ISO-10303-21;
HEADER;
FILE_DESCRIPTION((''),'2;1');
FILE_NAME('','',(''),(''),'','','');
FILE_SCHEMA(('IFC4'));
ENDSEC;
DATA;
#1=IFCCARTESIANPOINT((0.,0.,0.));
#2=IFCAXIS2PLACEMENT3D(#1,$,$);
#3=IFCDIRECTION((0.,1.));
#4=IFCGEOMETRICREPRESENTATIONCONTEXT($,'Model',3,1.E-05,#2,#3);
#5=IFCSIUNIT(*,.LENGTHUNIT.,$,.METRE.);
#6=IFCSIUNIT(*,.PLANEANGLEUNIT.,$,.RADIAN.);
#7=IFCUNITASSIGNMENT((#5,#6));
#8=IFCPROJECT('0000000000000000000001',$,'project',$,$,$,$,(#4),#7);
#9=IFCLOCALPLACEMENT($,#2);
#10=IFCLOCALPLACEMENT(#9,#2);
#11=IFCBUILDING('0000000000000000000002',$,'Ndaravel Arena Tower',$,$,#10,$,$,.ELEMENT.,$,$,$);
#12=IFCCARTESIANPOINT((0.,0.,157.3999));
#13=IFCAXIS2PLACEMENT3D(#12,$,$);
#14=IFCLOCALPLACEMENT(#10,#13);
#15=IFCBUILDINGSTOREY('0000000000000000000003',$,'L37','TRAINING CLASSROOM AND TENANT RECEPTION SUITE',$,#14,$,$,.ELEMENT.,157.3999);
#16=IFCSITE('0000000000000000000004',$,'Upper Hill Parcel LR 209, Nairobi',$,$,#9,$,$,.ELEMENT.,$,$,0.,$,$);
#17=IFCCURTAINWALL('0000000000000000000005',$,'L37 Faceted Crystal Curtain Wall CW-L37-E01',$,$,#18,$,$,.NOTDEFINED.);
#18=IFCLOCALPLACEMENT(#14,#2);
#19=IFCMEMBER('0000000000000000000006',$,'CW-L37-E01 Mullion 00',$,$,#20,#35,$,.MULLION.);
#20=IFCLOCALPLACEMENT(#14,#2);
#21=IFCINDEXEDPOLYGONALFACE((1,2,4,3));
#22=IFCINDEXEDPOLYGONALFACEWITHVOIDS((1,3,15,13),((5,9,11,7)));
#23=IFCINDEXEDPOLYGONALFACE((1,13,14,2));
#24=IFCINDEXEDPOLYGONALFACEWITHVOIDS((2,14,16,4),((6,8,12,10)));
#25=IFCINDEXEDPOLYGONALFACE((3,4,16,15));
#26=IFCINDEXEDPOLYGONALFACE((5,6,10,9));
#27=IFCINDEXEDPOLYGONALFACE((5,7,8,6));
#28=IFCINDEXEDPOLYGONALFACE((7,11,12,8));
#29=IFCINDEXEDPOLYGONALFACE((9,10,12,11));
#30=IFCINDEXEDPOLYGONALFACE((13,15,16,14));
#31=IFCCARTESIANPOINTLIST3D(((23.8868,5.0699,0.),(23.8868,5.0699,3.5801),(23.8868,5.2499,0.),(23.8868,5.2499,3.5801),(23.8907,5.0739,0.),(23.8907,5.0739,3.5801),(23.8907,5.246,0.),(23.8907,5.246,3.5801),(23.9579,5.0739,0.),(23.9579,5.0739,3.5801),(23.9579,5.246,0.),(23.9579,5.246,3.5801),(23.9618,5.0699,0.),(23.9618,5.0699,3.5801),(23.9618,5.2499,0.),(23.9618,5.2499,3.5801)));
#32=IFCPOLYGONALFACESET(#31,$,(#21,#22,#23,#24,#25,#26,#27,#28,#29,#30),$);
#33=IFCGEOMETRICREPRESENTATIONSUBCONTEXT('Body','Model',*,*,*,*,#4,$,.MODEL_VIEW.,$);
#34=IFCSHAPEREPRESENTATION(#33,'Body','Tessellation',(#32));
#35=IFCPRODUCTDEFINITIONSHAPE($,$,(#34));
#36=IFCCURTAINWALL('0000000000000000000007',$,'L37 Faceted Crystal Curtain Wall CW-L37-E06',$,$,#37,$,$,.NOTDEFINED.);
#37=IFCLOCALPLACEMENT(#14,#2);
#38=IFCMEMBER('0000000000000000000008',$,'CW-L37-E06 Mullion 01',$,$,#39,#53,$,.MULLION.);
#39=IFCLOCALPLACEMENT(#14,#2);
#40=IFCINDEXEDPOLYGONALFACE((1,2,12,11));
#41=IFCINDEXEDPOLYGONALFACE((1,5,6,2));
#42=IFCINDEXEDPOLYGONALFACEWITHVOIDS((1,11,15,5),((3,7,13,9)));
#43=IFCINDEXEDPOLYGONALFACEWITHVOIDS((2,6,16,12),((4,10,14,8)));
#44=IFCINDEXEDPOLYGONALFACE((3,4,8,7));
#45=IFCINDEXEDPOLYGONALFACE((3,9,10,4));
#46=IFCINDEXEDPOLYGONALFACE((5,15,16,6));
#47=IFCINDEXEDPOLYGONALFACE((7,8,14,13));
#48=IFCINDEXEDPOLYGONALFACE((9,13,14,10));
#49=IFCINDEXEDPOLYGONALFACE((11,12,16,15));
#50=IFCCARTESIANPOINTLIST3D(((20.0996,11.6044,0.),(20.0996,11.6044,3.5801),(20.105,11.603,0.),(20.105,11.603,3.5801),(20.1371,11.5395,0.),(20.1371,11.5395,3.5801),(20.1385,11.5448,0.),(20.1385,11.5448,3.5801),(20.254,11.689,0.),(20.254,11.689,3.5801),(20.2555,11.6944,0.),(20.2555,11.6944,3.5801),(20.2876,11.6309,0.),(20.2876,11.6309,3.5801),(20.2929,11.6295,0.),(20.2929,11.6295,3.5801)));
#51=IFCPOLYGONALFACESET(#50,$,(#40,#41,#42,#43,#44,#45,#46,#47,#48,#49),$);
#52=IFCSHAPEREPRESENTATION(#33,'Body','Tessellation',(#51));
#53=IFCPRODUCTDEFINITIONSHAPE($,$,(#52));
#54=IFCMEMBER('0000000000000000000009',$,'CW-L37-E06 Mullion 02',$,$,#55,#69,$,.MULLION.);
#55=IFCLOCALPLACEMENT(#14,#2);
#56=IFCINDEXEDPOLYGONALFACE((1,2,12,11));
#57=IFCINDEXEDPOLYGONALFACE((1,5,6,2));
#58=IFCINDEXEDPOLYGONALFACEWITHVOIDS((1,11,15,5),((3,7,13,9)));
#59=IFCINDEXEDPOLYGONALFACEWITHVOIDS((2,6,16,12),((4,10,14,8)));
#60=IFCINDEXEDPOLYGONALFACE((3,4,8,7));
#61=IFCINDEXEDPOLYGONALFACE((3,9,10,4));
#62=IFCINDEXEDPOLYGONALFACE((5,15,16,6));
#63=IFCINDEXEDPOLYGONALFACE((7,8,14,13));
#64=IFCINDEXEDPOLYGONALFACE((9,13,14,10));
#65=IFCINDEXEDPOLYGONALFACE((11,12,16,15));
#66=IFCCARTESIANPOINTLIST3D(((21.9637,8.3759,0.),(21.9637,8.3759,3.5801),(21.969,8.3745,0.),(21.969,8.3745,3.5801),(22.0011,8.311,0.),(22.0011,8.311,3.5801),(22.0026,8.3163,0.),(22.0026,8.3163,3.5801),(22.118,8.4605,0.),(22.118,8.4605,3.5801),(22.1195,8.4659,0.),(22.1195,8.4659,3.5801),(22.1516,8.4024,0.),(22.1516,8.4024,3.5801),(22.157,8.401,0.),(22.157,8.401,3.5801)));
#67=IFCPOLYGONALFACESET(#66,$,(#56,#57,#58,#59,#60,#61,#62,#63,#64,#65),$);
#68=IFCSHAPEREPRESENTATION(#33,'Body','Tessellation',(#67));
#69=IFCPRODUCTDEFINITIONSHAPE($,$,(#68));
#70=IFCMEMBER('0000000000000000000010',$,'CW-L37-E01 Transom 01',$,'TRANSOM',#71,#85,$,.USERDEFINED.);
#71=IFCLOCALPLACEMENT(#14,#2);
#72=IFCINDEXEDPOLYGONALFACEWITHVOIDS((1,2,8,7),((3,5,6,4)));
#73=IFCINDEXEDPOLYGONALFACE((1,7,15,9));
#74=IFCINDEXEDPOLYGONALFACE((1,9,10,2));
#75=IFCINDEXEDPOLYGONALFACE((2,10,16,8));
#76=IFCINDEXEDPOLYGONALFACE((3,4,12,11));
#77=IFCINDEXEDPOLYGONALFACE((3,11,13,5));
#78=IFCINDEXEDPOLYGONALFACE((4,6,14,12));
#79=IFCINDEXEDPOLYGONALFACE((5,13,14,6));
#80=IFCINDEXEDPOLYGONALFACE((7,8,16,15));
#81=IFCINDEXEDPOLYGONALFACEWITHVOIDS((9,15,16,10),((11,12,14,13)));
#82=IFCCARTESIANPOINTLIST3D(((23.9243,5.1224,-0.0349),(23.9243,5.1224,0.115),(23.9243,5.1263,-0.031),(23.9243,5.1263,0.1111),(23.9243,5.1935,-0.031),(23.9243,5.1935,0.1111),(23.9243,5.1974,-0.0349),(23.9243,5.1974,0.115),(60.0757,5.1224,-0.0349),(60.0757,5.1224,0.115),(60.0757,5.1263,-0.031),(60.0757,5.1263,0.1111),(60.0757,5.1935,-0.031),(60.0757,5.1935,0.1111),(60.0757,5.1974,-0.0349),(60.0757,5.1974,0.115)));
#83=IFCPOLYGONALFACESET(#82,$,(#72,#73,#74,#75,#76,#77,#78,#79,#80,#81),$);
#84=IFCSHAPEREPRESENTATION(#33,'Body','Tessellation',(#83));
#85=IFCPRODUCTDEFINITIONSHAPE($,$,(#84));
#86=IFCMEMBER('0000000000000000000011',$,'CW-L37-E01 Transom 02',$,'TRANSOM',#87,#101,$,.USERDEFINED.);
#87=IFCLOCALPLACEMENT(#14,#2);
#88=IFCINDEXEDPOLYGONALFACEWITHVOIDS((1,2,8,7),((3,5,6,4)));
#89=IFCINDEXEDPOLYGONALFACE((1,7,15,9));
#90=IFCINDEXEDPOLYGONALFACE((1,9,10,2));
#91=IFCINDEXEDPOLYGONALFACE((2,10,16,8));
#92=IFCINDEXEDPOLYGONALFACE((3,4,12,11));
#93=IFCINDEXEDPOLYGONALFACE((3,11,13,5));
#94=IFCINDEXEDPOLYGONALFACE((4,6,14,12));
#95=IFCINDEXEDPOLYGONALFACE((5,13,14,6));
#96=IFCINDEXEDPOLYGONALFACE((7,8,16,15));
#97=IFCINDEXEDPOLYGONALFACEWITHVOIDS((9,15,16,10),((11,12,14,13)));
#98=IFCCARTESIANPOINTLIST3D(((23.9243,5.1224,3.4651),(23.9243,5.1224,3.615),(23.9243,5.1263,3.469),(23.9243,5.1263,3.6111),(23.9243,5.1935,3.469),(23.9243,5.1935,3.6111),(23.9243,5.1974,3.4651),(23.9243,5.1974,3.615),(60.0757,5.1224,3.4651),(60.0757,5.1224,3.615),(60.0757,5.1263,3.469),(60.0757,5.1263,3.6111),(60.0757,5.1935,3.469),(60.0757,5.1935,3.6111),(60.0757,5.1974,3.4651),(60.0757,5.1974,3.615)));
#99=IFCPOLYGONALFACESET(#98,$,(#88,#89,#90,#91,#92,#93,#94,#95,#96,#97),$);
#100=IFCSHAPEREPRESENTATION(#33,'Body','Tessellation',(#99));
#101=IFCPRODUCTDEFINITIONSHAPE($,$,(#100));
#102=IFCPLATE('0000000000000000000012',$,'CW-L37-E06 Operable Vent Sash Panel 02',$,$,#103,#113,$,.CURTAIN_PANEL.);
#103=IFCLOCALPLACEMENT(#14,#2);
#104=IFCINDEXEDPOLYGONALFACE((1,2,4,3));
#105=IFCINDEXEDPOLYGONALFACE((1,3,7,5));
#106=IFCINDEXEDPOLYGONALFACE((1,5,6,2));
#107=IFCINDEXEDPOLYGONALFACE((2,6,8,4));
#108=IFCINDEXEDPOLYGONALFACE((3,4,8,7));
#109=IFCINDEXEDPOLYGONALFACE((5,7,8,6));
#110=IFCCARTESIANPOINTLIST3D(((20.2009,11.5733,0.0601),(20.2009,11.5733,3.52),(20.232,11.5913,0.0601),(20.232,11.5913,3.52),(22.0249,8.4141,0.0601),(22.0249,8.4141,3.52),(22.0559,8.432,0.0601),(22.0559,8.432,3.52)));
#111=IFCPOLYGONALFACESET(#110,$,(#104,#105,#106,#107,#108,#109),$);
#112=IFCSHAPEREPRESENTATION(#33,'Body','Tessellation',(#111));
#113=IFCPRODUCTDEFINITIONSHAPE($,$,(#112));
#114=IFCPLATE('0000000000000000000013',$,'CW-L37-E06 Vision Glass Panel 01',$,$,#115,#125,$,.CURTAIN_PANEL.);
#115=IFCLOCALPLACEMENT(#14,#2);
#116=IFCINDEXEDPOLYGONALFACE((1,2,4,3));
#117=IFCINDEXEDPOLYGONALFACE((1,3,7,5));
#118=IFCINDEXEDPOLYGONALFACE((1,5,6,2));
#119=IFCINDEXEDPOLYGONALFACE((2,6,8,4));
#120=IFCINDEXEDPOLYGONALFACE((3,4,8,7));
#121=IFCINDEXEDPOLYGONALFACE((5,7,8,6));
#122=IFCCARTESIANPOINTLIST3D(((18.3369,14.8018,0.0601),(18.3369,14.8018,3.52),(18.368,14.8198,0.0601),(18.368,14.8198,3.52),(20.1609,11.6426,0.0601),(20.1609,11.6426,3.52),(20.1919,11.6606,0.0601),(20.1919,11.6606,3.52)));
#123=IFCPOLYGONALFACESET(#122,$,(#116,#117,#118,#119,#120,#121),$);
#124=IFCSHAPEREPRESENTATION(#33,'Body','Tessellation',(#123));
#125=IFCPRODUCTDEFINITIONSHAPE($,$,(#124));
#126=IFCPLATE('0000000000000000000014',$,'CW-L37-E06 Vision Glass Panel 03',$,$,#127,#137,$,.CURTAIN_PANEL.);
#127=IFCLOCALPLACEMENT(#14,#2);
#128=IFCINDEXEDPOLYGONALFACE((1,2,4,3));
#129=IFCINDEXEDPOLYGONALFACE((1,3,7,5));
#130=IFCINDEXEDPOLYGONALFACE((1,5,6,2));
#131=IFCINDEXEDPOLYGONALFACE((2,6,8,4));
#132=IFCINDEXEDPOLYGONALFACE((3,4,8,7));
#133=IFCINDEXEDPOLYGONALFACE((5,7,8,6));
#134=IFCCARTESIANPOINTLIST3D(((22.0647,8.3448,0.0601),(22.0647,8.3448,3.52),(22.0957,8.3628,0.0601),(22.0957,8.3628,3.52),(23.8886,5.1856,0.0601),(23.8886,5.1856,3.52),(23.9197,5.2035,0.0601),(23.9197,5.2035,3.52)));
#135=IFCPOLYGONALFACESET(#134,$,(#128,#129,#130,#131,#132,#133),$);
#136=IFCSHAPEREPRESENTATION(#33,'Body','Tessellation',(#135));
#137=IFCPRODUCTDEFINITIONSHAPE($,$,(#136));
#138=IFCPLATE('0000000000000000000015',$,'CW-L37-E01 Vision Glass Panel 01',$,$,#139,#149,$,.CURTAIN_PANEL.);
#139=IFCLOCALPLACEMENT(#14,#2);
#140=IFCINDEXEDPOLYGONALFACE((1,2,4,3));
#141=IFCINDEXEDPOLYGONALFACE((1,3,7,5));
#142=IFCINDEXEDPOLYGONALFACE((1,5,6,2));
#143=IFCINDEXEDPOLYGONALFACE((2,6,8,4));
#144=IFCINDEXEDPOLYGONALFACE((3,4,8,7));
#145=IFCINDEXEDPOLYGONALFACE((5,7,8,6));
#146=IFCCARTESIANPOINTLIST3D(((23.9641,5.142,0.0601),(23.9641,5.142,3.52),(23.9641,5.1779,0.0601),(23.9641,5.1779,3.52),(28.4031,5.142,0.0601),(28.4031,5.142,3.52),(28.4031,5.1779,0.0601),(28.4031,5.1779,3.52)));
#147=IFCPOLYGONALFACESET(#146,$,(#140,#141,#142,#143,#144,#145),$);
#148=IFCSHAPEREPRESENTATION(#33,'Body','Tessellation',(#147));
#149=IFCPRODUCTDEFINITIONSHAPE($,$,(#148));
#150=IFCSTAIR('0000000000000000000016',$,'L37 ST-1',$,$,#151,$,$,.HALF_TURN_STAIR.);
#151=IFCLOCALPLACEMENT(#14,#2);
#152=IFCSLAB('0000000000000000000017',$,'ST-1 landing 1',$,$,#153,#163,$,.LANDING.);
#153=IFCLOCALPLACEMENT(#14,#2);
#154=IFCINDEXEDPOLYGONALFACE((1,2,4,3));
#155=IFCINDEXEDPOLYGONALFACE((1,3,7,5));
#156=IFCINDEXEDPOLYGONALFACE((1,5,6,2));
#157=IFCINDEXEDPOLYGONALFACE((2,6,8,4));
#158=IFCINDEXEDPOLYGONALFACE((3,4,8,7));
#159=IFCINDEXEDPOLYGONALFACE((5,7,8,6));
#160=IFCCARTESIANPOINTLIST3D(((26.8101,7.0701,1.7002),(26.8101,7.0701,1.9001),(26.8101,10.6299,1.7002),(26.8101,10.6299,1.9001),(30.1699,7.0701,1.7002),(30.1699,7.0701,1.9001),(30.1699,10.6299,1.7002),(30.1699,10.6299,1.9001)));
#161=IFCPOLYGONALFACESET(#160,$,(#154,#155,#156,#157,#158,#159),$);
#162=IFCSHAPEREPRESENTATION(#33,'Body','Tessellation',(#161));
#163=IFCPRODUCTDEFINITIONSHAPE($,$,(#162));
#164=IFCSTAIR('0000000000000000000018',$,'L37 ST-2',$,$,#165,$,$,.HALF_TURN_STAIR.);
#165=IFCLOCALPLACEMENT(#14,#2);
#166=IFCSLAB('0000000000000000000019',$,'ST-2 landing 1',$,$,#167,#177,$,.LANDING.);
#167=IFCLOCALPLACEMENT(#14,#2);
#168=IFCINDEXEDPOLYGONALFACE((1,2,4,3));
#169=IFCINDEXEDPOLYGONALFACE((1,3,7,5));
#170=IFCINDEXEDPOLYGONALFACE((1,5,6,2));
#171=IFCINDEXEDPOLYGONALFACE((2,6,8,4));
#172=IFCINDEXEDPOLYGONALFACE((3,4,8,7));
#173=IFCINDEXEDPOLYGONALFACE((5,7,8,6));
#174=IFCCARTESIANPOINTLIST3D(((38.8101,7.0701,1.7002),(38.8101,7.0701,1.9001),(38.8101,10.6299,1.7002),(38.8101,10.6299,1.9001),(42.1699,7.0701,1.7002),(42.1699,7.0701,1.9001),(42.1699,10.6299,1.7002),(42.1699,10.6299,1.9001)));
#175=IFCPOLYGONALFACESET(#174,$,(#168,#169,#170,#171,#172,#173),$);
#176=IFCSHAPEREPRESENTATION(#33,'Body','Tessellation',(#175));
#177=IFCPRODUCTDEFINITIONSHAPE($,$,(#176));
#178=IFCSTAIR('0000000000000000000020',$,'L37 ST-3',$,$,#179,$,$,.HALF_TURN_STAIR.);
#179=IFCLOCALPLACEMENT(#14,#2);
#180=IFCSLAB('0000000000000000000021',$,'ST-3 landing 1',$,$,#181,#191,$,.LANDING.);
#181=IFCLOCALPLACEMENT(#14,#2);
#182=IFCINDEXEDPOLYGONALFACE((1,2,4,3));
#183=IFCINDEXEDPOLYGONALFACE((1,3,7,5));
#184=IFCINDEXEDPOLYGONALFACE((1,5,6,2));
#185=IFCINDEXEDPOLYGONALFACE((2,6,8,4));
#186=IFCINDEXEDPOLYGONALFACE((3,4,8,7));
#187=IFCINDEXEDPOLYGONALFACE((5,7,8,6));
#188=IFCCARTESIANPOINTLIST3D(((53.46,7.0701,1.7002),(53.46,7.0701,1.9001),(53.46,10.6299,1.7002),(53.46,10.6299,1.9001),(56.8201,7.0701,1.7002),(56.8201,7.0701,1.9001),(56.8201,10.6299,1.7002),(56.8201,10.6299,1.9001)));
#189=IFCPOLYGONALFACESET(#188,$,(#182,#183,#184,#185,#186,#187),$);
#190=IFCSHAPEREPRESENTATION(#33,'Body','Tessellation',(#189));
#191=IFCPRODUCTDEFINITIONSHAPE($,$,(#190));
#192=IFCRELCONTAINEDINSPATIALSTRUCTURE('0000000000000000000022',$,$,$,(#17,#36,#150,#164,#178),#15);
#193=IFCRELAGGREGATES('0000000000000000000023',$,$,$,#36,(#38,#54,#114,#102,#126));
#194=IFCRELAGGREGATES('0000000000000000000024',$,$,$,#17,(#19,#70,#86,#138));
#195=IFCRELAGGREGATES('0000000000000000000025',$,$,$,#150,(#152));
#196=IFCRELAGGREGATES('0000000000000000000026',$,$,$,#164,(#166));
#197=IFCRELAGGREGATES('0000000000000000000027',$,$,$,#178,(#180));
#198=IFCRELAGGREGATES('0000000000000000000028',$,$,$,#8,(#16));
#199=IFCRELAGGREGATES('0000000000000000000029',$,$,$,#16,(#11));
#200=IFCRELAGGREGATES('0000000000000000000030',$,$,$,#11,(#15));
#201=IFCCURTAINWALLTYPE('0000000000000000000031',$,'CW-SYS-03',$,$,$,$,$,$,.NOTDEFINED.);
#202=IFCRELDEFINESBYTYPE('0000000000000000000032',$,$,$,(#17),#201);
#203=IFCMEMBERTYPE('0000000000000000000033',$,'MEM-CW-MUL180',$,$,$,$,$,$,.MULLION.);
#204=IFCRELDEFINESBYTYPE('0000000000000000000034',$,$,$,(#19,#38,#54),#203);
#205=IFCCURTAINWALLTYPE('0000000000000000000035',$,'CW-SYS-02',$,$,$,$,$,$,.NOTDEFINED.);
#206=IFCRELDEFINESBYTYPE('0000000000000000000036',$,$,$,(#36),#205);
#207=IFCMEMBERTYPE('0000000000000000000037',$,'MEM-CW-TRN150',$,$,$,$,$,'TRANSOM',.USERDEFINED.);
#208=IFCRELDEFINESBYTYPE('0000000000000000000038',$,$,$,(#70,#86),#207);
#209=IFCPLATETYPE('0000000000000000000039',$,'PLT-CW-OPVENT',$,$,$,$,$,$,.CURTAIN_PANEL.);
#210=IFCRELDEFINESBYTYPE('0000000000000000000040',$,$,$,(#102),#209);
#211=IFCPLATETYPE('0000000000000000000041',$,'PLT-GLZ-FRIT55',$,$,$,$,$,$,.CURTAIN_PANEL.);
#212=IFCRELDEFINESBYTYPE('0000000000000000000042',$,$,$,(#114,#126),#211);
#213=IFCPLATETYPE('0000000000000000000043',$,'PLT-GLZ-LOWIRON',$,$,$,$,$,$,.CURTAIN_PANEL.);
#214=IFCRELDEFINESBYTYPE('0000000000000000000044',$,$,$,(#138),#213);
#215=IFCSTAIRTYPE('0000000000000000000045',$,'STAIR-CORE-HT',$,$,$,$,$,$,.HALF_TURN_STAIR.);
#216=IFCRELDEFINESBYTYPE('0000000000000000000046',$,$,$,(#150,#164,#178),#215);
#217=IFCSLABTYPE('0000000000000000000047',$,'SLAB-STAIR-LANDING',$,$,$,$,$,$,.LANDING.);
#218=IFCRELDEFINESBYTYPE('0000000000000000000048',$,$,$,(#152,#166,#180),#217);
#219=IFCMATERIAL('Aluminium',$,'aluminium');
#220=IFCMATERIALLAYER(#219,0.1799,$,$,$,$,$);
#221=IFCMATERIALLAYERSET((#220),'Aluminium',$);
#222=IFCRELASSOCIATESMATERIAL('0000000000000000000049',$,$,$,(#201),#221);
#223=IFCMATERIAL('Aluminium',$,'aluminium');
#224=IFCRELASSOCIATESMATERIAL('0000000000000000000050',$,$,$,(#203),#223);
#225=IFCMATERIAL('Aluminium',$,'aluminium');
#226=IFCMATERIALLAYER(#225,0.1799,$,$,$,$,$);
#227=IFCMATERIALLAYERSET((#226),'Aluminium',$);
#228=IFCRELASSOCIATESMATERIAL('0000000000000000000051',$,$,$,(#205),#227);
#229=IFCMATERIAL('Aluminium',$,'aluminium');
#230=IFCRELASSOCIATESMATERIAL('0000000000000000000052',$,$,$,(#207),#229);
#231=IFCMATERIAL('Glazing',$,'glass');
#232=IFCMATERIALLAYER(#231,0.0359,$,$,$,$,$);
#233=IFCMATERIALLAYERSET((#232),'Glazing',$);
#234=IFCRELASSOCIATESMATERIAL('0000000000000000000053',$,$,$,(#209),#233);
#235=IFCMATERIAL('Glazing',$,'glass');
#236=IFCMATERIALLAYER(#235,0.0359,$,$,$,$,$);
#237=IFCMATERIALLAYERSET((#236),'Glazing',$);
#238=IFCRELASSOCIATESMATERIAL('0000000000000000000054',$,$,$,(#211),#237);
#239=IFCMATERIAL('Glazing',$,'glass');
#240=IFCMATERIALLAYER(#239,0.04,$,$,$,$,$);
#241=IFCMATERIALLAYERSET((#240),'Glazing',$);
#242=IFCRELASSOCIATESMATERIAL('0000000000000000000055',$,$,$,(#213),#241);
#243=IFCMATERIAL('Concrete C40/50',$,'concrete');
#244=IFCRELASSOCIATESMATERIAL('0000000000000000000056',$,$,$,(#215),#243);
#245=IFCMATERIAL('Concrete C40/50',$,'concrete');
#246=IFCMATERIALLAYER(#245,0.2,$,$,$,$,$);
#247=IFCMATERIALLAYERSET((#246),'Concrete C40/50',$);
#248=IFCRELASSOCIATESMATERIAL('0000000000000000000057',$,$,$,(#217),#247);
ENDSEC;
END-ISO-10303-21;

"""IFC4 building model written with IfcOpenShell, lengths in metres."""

from ifc_helpers import new_model, si_unit, direction, frame, origin, origin_2d, place, context, subcontext, project, spatial, polyline, rectangle, hollow_rectangle, outline, extrude, material, layer, layer_set, material_profile, profile_set, type_object, element, aggregate, save


model = new_model("IFC4")

# Units and contexts
model_context = context("Model", 3, precision=1e-05, world=origin(), true_north=direction((0.0, 1.0)))
body_context = subcontext(model_context, "Body", "Model", "MODEL_VIEW")
ifc_project = project(units=[si_unit("LENGTHUNIT", "METRE"), si_unit("PLANEANGLEUNIT", "RADIAN")], contexts=[model_context])

# Site, building, storey
site_placement = place(None, origin())
site = spatial("IfcSite", under=ifc_project, at=site_placement, Name="Upper Hill Parcel LR 209, Nairobi", CompositionType="ELEMENT", RefElevation=0.0)
building_placement = place(site_placement, origin())
building = spatial("IfcBuilding", under=site, at=building_placement, Name="Ndaravel Arena Tower", CompositionType="ELEMENT")
storey_placement = place(building_placement, frame((0.0, 0.0, 157.3999)))
storey = spatial("IfcBuildingStorey", under=building, at=storey_placement, Name="L37", Description="TRAINING CLASSROOM AND TENANT RECEPTION SUITE", CompositionType="ELEMENT", Elevation=157.3999)

# Curtain wall, member
ifc_material_1 = material(Name="Aluminium", Category="aluminium")
ifc_layer_1 = layer(ifc_material_1, 0.1799)
ifc_layer_set_1 = layer_set([ifc_layer_1], Name="Aluminium")
curtain_wall_type_1 = type_object("IfcCurtainWallType", Name="CW-SYS-03", PredefinedType="NOTDEFINED", material=ifc_layer_set_1)
curtain_wall_1_placement = place(storey_placement, origin())
curtain_wall_1 = element("IfcCurtainWall", 1, at=curtain_wall_1_placement, inside=storey, type_object=curtain_wall_type_1, Name="L37 Faceted Crystal Curtain Wall CW-L37-E01", PredefinedType="NOTDEFINED")
ifc_material_2 = material(Name="Aluminium", Category="aluminium")
ifc_material_profile_1 = material_profile(ifc_material_2, hollow_rectangle(XDim=0.075, YDim=0.1799, WallThickness=0.0039, at=origin_2d()), Name="CW MULLION 75x180x4")
ifc_profile_set_1 = profile_set([ifc_material_profile_1], Name="Aluminium")
member_type_1 = type_object("IfcMemberType", Name="MEM-CW-MUL180", PredefinedType="MULLION", material=ifc_profile_set_1)
member_1_placement = place(storey_placement, frame((23.9243, 5.1599, 0.0), z_axis=(0.0, 0.0, 1.0), x_axis=(1.0, 0.0, 0.0)))
member_1 = element("IfcMember", 2, at=member_1_placement, type_object=member_type_1, Name="CW-L37-E01 Mullion 00", PredefinedType="MULLION", context=body_context, shape_type="SweptSolid", body=[
    extrude(hollow_rectangle(XDim=0.075, YDim=0.1799, WallThickness=0.0039, at=origin_2d()), origin(), (0.0, 0.0, 1.0), 3.5801),
])

# Curtain wall, members
ifc_material_3 = material(Name="Aluminium", Category="aluminium")
ifc_layer_2 = layer(ifc_material_3, 0.1799)
ifc_layer_set_2 = layer_set([ifc_layer_2], Name="Aluminium")
curtain_wall_type_2 = type_object("IfcCurtainWallType", Name="CW-SYS-02", PredefinedType="NOTDEFINED", material=ifc_layer_set_2)
curtain_wall_2_placement = place(storey_placement, origin())
curtain_wall_2 = element("IfcCurtainWall", 3, at=curtain_wall_2_placement, inside=storey, type_object=curtain_wall_type_2, Name="L37 Faceted Crystal Curtain Wall CW-L37-E06", PredefinedType="NOTDEFINED")
member_2_placement = place(storey_placement, frame((20.1963, 11.6169, 0.0), z_axis=(0.0, 0.0, 1.0), x_axis=(0.5, -0.866025, 0.0)))
member_2 = element("IfcMember", 4, at=member_2_placement, type_object=member_type_1, Name="CW-L37-E06 Mullion 01", PredefinedType="MULLION", context=body_context, shape_type="SweptSolid", body=[
    extrude(hollow_rectangle(XDim=0.075, YDim=0.1799, WallThickness=0.0039, at=origin_2d()), origin(), (0.0, 0.0, 1.0), 3.5801),
])
member_3_placement = place(storey_placement, frame((22.0603, 8.3884, 0.0), z_axis=(0.0, 0.0, 1.0), x_axis=(0.5, -0.866025, 0.0)))
member_3 = element("IfcMember", 5, at=member_3_placement, type_object=member_type_1, Name="CW-L37-E06 Mullion 02", PredefinedType="MULLION", context=body_context, shape_type="SweptSolid", body=[
    extrude(hollow_rectangle(XDim=0.075, YDim=0.1799, WallThickness=0.0039, at=origin_2d()), origin(), (0.0, 0.0, 1.0), 3.5801),
])

# Members
ifc_material_4 = material(Name="Aluminium", Category="aluminium")
ifc_material_profile_2 = material_profile(ifc_material_4, hollow_rectangle(XDim=0.075, YDim=0.1499, WallThickness=0.0039, at=origin_2d()), Name="CW TRANSOM 75x150x4")
ifc_profile_set_2 = profile_set([ifc_material_profile_2], Name="Aluminium")
member_type_2 = type_object("IfcMemberType", Name="MEM-CW-TRN150", ElementType="TRANSOM", PredefinedType="USERDEFINED", material=ifc_profile_set_2)
member_4_placement = place(storey_placement, frame((23.9243, 5.1599, 0.04), z_axis=(1.0, 0.0, 0.0), x_axis=(0.0, 1.0, 0.0)))
member_4 = element("IfcMember", 6, at=member_4_placement, type_object=member_type_2, Name="CW-L37-E01 Transom 01", ObjectType="TRANSOM", PredefinedType="USERDEFINED", context=body_context, shape_type="SweptSolid", body=[
    extrude(hollow_rectangle(XDim=0.075, YDim=0.1499, WallThickness=0.0039, at=origin_2d()), origin(), (0.0, 0.0, 1.0), 36.1514),
])
member_5_placement = place(storey_placement, frame((23.9243, 5.1599, 3.54), z_axis=(1.0, 0.0, 0.0), x_axis=(0.0, 1.0, 0.0)))
member_5 = element("IfcMember", 7, at=member_5_placement, type_object=member_type_2, Name="CW-L37-E01 Transom 02", ObjectType="TRANSOM", PredefinedType="USERDEFINED", context=body_context, shape_type="SweptSolid", body=[
    extrude(hollow_rectangle(XDim=0.075, YDim=0.1499, WallThickness=0.0039, at=origin_2d()), origin(), (0.0, 0.0, 1.0), 36.1514),
])

# Plates
ifc_material_5 = material(Name="Glazing", Category="glass")
ifc_layer_3 = layer(ifc_material_5, 0.0359)
ifc_layer_set_3 = layer_set([ifc_layer_3], Name="Glazing")
plate_type_1 = type_object("IfcPlateType", Name="PLT-CW-OPVENT", PredefinedType="CURTAIN_PANEL", material=ifc_layer_set_3)
plate_1_placement = place(storey_placement, frame((21.1284, 10.0027, 0.0601), z_axis=(0.0, 0.0, 1.0), x_axis=(0.5, -0.866025, 0.0)))
plate_1 = element("IfcPlate", 8, at=plate_1_placement, type_object=plate_type_1, Name="CW-L37-E06 Operable Vent Sash Panel 02", PredefinedType="CURTAIN_PANEL", context=body_context, shape_type="SweptSolid", body=[
    extrude(rectangle(XDim=3.6479, YDim=0.0359, at=origin_2d()), origin(), (0.0, 0.0, 1.0), 3.46),
])
ifc_material_6 = material(Name="Glazing", Category="glass")
ifc_layer_4 = layer(ifc_material_6, 0.0359)
ifc_layer_set_4 = layer_set([ifc_layer_4], Name="Glazing")
plate_type_2 = type_object("IfcPlateType", Name="PLT-GLZ-FRIT55", PredefinedType="CURTAIN_PANEL", material=ifc_layer_set_4)
plate_2_placement = place(storey_placement, frame((19.2644, 13.2312, 0.0601), z_axis=(0.0, 0.0, 1.0), x_axis=(0.5, -0.866025, 0.0)))
plate_2 = element("IfcPlate", 9, at=plate_2_placement, type_object=plate_type_2, Name="CW-L37-E06 Vision Glass Panel 01", PredefinedType="CURTAIN_PANEL", context=body_context, shape_type="SweptSolid", body=[
    extrude(rectangle(XDim=3.6479, YDim=0.0359, at=origin_2d()), origin(), (0.0, 0.0, 1.0), 3.46),
])
plate_3_placement = place(storey_placement, frame((22.9922, 6.7742, 0.0601), z_axis=(0.0, 0.0, 1.0), x_axis=(0.5, -0.866025, 0.0)))
plate_3 = element("IfcPlate", 10, at=plate_3_placement, type_object=plate_type_2, Name="CW-L37-E06 Vision Glass Panel 03", PredefinedType="CURTAIN_PANEL", context=body_context, shape_type="SweptSolid", body=[
    extrude(rectangle(XDim=3.6479, YDim=0.0359, at=origin_2d()), origin(), (0.0, 0.0, 1.0), 3.46),
])
aggregate(curtain_wall_2, [member_2, member_3, plate_2, plate_1, plate_3])
ifc_material_7 = material(Name="Glazing", Category="glass")
ifc_layer_5 = layer(ifc_material_7, 0.04)
ifc_layer_set_5 = layer_set([ifc_layer_5], Name="Glazing")
plate_type_3 = type_object("IfcPlateType", Name="PLT-GLZ-LOWIRON", PredefinedType="CURTAIN_PANEL", material=ifc_layer_set_5)
plate_4_placement = place(storey_placement, frame((26.1836, 5.1599, 0.0601), z_axis=(0.0, 0.0, 1.0), x_axis=(1.0, 0.0, 0.0)))
plate_4 = element("IfcPlate", 11, at=plate_4_placement, type_object=plate_type_3, Name="CW-L37-E01 Vision Glass Panel 01", PredefinedType="CURTAIN_PANEL", context=body_context, shape_type="SweptSolid", body=[
    extrude(rectangle(XDim=4.439, YDim=0.0359, at=origin_2d()), origin(), (0.0, 0.0, 1.0), 3.46),
])
aggregate(curtain_wall_1, [member_1, member_4, member_5, plate_4])

# Stairs, slabs
ifc_material_8 = material(Name="Concrete C40/50", Category="concrete")
stair_type = type_object("IfcStairType", Name="STAIR-CORE-HT", PredefinedType="HALF_TURN_STAIR", material=ifc_material_8)
stair_1_placement = place(storey_placement, origin())
stair_1 = element("IfcStair", 12, at=stair_1_placement, inside=storey, type_object=stair_type, Name="L37 ST-1", PredefinedType="HALF_TURN_STAIR")
ifc_material_9 = material(Name="Concrete C40/50", Category="concrete")
ifc_layer_6 = layer(ifc_material_9, 0.2)
ifc_layer_set_6 = layer_set([ifc_layer_6], Name="Concrete C40/50")
slab_type_1 = type_object("IfcSlabType", Name="SLAB-STAIR-LANDING", PredefinedType="LANDING", material=ifc_layer_set_6)
slab_1_placement = place(storey_placement, frame((0.0, 0.0, 1.7002)))
slab_1 = element("IfcSlab", 13, at=slab_1_placement, type_object=slab_type_1, Name="ST-1 landing 1", PredefinedType="LANDING", context=body_context, shape_type="SweptSolid", body=[
    extrude(outline(polyline([(26.8101, 10.6299), (26.8101, 7.0701), (30.1699, 7.0701), (30.1699, 10.6299), (26.8101, 10.6299)])), origin(), (0.0, 0.0, 1.0), 0.2),
])
aggregate(stair_1, [slab_1])
stair_2_placement = place(storey_placement, origin())
stair_2 = element("IfcStair", 14, at=stair_2_placement, inside=storey, type_object=stair_type, Name="L37 ST-2", PredefinedType="HALF_TURN_STAIR")
slab_2_placement = place(storey_placement, frame((0.0, 0.0, 1.7002)))
slab_2 = element("IfcSlab", 15, at=slab_2_placement, type_object=slab_type_1, Name="ST-2 landing 1", PredefinedType="LANDING", context=body_context, shape_type="SweptSolid", body=[
    extrude(outline(polyline([(38.8101, 10.6299), (38.8101, 7.0701), (42.1699, 7.0701), (42.1699, 10.6299), (38.8101, 10.6299)])), origin(), (0.0, 0.0, 1.0), 0.2),
])
aggregate(stair_2, [slab_2])
stair_3_placement = place(storey_placement, origin())
stair_3 = element("IfcStair", 16, at=stair_3_placement, inside=storey, type_object=stair_type, Name="L37 ST-3", PredefinedType="HALF_TURN_STAIR")
slab_3_placement = place(storey_placement, frame((0.0, 0.0, 1.7002)))
slab_3 = element("IfcSlab", 17, at=slab_3_placement, type_object=slab_type_1, Name="ST-3 landing 1", PredefinedType="LANDING", context=body_context, shape_type="SweptSolid", body=[
    extrude(outline(polyline([(53.46, 10.6299), (53.46, 7.0701), (56.8201, 7.0701), (56.8201, 10.6299), (53.46, 10.6299)])), origin(), (0.0, 0.0, 1.0), 0.2),
])
aggregate(stair_3, [slab_3])

save(model, "model.ifc")
